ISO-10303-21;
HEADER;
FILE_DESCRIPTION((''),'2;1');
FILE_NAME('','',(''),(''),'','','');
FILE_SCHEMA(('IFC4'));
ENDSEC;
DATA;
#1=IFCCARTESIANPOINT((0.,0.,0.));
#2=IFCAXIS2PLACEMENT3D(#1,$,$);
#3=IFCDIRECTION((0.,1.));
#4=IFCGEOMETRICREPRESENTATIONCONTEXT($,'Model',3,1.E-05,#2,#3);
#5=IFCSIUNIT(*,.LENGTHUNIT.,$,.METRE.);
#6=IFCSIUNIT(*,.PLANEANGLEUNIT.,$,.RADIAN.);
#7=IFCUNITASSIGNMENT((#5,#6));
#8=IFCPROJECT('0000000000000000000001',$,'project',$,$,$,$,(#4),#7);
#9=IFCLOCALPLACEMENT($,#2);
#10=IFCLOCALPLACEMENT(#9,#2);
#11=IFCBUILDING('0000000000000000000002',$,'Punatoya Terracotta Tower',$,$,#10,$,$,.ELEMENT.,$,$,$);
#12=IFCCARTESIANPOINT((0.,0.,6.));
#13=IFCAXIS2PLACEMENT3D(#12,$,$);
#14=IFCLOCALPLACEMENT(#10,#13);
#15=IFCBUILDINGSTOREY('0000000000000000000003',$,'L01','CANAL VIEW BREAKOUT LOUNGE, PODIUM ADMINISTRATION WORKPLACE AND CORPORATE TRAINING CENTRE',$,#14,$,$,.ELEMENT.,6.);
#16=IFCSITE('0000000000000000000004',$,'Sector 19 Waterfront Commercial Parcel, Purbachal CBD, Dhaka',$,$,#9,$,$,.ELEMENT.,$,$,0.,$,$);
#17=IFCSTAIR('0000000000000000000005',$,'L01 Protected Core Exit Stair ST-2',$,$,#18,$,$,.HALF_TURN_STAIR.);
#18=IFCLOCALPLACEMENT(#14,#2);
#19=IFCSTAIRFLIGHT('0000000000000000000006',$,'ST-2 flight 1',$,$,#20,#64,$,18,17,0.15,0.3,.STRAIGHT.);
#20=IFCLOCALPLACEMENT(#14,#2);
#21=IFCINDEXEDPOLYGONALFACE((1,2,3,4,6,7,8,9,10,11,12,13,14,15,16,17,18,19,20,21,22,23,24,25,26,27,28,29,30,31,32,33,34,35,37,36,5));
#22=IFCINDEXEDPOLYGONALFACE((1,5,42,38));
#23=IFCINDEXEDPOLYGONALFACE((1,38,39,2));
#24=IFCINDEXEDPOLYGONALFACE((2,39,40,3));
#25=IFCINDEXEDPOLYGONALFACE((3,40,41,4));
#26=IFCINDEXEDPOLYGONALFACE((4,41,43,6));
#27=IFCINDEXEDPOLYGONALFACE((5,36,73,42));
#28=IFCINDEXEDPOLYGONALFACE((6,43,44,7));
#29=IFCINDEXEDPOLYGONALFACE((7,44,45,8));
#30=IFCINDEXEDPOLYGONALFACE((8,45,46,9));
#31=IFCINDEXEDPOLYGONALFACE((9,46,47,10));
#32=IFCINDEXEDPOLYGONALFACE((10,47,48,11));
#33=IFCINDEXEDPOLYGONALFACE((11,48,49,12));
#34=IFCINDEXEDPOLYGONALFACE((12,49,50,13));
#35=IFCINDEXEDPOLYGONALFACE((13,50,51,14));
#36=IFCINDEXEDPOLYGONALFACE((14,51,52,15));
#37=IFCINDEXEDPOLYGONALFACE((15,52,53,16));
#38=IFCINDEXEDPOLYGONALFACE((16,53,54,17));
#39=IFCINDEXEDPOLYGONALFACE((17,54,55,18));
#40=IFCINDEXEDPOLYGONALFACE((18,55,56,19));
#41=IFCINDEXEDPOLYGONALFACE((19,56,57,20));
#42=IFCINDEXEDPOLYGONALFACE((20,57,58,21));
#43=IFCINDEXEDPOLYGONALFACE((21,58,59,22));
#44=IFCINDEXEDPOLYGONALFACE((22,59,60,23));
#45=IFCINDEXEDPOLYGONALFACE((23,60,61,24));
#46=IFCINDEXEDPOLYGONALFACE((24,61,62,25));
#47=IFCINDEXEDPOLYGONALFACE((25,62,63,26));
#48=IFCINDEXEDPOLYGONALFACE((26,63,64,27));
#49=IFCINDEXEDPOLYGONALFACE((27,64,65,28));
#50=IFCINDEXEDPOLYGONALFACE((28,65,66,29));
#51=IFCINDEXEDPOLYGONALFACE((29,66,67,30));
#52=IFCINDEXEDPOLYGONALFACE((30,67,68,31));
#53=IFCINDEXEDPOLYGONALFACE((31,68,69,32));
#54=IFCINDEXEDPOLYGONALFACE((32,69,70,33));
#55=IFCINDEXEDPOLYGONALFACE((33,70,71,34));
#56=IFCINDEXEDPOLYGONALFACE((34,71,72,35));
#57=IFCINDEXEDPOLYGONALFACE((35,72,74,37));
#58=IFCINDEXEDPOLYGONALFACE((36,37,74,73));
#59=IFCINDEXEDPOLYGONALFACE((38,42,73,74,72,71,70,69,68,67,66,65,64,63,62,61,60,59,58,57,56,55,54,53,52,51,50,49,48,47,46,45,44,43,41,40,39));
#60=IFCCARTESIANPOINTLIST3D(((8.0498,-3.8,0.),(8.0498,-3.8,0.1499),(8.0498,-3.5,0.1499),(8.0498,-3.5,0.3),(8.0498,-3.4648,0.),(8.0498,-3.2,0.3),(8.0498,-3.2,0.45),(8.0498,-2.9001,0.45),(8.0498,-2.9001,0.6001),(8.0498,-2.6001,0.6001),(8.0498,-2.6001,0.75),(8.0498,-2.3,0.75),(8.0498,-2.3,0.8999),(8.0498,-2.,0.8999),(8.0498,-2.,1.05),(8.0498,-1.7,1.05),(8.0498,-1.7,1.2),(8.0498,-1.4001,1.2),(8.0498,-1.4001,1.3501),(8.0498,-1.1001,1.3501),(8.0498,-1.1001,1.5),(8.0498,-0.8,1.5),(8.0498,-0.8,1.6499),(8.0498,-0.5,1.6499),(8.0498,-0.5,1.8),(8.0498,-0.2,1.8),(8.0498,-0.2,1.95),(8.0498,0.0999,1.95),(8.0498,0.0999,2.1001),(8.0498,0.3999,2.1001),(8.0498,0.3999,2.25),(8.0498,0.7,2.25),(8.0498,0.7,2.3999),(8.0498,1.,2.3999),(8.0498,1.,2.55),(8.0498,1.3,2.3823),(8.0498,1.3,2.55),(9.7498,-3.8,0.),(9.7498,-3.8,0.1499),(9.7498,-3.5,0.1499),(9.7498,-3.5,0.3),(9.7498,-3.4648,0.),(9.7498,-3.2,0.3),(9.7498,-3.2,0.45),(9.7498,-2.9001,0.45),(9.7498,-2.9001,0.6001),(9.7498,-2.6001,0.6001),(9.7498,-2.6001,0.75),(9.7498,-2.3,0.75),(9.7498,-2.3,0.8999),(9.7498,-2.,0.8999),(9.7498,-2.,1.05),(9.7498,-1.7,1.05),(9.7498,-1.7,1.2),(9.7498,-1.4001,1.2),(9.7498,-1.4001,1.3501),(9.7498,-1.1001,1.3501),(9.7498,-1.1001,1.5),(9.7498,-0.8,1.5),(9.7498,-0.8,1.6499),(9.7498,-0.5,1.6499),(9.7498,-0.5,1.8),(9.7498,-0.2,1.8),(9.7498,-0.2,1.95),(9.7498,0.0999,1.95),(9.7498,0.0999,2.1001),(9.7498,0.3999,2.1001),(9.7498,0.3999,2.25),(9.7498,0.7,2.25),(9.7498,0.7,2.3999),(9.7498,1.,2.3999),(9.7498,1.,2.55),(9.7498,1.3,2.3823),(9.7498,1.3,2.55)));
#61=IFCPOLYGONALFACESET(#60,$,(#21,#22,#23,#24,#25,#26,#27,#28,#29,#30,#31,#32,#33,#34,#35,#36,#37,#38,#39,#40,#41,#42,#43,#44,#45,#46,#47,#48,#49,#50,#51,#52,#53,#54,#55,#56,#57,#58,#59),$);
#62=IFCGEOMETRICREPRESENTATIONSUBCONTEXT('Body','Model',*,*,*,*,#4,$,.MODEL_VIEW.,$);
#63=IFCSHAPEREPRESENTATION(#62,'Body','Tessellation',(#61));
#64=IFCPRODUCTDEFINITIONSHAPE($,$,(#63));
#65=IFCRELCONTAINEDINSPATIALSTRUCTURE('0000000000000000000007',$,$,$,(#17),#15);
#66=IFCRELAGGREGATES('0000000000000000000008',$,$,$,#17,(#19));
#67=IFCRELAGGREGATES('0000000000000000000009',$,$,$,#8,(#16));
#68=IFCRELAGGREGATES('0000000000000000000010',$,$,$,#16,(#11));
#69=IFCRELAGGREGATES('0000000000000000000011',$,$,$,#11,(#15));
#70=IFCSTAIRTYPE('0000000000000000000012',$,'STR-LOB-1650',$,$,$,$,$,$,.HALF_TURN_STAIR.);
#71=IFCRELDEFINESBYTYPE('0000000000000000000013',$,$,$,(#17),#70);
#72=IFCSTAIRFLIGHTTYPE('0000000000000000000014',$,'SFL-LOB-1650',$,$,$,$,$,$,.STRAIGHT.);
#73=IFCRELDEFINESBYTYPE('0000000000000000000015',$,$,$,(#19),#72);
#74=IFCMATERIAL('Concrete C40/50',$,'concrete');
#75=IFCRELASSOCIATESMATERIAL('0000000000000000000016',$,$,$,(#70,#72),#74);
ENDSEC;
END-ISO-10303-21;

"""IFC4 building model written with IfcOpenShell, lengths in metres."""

from ifc_helpers import new_model, si_unit, direction, frame, origin, place, context, subcontext, project, spatial, polyline, outline, extrude, material, type_object, element, aggregate, save


model = new_model("IFC4")

# Units and contexts
model_context = context("Model", 3, precision=1e-05, world=origin(), true_north=direction((0.0, 1.0)))
body_context = subcontext(model_context, "Body", "Model", "MODEL_VIEW")
ifc_project = project(units=[si_unit("LENGTHUNIT", "METRE"), si_unit("PLANEANGLEUNIT", "RADIAN")], contexts=[model_context])

# Site, building, storey
site_placement = place(None, origin())
site = spatial("IfcSite", under=ifc_project, at=site_placement, Name="Sector 19 Waterfront Commercial Parcel, Purbachal CBD, Dhaka", CompositionType="ELEMENT", RefElevation=0.0)
building_placement = place(site_placement, origin())
building = spatial("IfcBuilding", under=site, at=building_placement, Name="Punatoya Terracotta Tower", CompositionType="ELEMENT")
storey_placement = place(building_placement, frame((0.0, 0.0, 6.0)))
storey = spatial("IfcBuildingStorey", under=building, at=storey_placement, Name="L01", Description="CANAL VIEW BREAKOUT LOUNGE, PODIUM ADMINISTRATION WORKPLACE AND CORPORATE TRAINING CENTRE", CompositionType="ELEMENT", Elevation=6.0)

# Stair
ifc_material_1 = material(Name="Concrete C40/50", Category="concrete")
stair_type_1 = type_object("IfcStairType", Name="STR-LOB-1650", PredefinedType="HALF_TURN_STAIR", material=ifc_material_1)
stair_1_placement = place(storey_placement, origin())
stair_1 = element("IfcStair", 1, at=stair_1_placement, inside=storey, type_object=stair_type_1, Name="L01 Protected Core Exit Stair ST-2", PredefinedType="HALF_TURN_STAIR")

# Stair flight
stair_flight_type = type_object("IfcStairFlightType", Name="SFL-LOB-1650", PredefinedType="STRAIGHT", material=ifc_material_1)
stair_flight_placement = place(storey_placement, frame((8.8999, -3.8, 0.0), z_axis=(0.0, 0.0, 1.0), x_axis=(0.0, 1.0, 0.0)))
stair_flight = element("IfcStairFlight", 2, at=stair_flight_placement, type_object=stair_flight_type, Name="ST-2 flight 1", NumberOfRisers=18, NumberOfTreads=17, PredefinedType="STRAIGHT", RiserHeight=0.15, TreadLength=0.3, context=body_context, shape_type="SweptSolid", body=[
    extrude(outline(polyline([(0.0, 0.0), (0.0, 0.1499), (0.3, 0.1499), (0.3, 0.3), (0.6001, 0.3), (0.6001, 0.45), (0.8999, 0.45), (0.8999, 0.6001), (1.2, 0.6001), (1.2, 0.75), (1.5, 0.75), (1.5, 0.8999), (1.8, 0.8999), (1.8, 1.05), (2.1001, 1.05), (2.1001, 1.2), (2.3999, 1.2), (2.3999, 1.3501), (2.7, 1.3501), (2.7, 1.5), (3.0, 1.5), (3.0, 1.6499), (3.3, 1.6499), (3.3, 1.8), (3.6001, 1.8), (3.6001, 1.95), (3.8999, 1.95), (3.8999, 2.1001), (4.2, 2.1001), (4.2, 2.25), (4.5, 2.25), (4.5, 2.3999), (4.8, 2.3999), (4.8, 2.55), (5.1001, 2.55), (5.1001, 2.7), (5.1001, 2.3823), (0.3352, 0.0), (0.0, 0.0)])), frame((0.0, 0.8501, 0.0), z_axis=(0.0, -1.0, 0.0), x_axis=(1.0, 0.0, 0.0)), (0.0, 0.0, 1.0), 1.7),
])
aggregate(stair_1, [stair_flight])

save(model, "model.ifc")
